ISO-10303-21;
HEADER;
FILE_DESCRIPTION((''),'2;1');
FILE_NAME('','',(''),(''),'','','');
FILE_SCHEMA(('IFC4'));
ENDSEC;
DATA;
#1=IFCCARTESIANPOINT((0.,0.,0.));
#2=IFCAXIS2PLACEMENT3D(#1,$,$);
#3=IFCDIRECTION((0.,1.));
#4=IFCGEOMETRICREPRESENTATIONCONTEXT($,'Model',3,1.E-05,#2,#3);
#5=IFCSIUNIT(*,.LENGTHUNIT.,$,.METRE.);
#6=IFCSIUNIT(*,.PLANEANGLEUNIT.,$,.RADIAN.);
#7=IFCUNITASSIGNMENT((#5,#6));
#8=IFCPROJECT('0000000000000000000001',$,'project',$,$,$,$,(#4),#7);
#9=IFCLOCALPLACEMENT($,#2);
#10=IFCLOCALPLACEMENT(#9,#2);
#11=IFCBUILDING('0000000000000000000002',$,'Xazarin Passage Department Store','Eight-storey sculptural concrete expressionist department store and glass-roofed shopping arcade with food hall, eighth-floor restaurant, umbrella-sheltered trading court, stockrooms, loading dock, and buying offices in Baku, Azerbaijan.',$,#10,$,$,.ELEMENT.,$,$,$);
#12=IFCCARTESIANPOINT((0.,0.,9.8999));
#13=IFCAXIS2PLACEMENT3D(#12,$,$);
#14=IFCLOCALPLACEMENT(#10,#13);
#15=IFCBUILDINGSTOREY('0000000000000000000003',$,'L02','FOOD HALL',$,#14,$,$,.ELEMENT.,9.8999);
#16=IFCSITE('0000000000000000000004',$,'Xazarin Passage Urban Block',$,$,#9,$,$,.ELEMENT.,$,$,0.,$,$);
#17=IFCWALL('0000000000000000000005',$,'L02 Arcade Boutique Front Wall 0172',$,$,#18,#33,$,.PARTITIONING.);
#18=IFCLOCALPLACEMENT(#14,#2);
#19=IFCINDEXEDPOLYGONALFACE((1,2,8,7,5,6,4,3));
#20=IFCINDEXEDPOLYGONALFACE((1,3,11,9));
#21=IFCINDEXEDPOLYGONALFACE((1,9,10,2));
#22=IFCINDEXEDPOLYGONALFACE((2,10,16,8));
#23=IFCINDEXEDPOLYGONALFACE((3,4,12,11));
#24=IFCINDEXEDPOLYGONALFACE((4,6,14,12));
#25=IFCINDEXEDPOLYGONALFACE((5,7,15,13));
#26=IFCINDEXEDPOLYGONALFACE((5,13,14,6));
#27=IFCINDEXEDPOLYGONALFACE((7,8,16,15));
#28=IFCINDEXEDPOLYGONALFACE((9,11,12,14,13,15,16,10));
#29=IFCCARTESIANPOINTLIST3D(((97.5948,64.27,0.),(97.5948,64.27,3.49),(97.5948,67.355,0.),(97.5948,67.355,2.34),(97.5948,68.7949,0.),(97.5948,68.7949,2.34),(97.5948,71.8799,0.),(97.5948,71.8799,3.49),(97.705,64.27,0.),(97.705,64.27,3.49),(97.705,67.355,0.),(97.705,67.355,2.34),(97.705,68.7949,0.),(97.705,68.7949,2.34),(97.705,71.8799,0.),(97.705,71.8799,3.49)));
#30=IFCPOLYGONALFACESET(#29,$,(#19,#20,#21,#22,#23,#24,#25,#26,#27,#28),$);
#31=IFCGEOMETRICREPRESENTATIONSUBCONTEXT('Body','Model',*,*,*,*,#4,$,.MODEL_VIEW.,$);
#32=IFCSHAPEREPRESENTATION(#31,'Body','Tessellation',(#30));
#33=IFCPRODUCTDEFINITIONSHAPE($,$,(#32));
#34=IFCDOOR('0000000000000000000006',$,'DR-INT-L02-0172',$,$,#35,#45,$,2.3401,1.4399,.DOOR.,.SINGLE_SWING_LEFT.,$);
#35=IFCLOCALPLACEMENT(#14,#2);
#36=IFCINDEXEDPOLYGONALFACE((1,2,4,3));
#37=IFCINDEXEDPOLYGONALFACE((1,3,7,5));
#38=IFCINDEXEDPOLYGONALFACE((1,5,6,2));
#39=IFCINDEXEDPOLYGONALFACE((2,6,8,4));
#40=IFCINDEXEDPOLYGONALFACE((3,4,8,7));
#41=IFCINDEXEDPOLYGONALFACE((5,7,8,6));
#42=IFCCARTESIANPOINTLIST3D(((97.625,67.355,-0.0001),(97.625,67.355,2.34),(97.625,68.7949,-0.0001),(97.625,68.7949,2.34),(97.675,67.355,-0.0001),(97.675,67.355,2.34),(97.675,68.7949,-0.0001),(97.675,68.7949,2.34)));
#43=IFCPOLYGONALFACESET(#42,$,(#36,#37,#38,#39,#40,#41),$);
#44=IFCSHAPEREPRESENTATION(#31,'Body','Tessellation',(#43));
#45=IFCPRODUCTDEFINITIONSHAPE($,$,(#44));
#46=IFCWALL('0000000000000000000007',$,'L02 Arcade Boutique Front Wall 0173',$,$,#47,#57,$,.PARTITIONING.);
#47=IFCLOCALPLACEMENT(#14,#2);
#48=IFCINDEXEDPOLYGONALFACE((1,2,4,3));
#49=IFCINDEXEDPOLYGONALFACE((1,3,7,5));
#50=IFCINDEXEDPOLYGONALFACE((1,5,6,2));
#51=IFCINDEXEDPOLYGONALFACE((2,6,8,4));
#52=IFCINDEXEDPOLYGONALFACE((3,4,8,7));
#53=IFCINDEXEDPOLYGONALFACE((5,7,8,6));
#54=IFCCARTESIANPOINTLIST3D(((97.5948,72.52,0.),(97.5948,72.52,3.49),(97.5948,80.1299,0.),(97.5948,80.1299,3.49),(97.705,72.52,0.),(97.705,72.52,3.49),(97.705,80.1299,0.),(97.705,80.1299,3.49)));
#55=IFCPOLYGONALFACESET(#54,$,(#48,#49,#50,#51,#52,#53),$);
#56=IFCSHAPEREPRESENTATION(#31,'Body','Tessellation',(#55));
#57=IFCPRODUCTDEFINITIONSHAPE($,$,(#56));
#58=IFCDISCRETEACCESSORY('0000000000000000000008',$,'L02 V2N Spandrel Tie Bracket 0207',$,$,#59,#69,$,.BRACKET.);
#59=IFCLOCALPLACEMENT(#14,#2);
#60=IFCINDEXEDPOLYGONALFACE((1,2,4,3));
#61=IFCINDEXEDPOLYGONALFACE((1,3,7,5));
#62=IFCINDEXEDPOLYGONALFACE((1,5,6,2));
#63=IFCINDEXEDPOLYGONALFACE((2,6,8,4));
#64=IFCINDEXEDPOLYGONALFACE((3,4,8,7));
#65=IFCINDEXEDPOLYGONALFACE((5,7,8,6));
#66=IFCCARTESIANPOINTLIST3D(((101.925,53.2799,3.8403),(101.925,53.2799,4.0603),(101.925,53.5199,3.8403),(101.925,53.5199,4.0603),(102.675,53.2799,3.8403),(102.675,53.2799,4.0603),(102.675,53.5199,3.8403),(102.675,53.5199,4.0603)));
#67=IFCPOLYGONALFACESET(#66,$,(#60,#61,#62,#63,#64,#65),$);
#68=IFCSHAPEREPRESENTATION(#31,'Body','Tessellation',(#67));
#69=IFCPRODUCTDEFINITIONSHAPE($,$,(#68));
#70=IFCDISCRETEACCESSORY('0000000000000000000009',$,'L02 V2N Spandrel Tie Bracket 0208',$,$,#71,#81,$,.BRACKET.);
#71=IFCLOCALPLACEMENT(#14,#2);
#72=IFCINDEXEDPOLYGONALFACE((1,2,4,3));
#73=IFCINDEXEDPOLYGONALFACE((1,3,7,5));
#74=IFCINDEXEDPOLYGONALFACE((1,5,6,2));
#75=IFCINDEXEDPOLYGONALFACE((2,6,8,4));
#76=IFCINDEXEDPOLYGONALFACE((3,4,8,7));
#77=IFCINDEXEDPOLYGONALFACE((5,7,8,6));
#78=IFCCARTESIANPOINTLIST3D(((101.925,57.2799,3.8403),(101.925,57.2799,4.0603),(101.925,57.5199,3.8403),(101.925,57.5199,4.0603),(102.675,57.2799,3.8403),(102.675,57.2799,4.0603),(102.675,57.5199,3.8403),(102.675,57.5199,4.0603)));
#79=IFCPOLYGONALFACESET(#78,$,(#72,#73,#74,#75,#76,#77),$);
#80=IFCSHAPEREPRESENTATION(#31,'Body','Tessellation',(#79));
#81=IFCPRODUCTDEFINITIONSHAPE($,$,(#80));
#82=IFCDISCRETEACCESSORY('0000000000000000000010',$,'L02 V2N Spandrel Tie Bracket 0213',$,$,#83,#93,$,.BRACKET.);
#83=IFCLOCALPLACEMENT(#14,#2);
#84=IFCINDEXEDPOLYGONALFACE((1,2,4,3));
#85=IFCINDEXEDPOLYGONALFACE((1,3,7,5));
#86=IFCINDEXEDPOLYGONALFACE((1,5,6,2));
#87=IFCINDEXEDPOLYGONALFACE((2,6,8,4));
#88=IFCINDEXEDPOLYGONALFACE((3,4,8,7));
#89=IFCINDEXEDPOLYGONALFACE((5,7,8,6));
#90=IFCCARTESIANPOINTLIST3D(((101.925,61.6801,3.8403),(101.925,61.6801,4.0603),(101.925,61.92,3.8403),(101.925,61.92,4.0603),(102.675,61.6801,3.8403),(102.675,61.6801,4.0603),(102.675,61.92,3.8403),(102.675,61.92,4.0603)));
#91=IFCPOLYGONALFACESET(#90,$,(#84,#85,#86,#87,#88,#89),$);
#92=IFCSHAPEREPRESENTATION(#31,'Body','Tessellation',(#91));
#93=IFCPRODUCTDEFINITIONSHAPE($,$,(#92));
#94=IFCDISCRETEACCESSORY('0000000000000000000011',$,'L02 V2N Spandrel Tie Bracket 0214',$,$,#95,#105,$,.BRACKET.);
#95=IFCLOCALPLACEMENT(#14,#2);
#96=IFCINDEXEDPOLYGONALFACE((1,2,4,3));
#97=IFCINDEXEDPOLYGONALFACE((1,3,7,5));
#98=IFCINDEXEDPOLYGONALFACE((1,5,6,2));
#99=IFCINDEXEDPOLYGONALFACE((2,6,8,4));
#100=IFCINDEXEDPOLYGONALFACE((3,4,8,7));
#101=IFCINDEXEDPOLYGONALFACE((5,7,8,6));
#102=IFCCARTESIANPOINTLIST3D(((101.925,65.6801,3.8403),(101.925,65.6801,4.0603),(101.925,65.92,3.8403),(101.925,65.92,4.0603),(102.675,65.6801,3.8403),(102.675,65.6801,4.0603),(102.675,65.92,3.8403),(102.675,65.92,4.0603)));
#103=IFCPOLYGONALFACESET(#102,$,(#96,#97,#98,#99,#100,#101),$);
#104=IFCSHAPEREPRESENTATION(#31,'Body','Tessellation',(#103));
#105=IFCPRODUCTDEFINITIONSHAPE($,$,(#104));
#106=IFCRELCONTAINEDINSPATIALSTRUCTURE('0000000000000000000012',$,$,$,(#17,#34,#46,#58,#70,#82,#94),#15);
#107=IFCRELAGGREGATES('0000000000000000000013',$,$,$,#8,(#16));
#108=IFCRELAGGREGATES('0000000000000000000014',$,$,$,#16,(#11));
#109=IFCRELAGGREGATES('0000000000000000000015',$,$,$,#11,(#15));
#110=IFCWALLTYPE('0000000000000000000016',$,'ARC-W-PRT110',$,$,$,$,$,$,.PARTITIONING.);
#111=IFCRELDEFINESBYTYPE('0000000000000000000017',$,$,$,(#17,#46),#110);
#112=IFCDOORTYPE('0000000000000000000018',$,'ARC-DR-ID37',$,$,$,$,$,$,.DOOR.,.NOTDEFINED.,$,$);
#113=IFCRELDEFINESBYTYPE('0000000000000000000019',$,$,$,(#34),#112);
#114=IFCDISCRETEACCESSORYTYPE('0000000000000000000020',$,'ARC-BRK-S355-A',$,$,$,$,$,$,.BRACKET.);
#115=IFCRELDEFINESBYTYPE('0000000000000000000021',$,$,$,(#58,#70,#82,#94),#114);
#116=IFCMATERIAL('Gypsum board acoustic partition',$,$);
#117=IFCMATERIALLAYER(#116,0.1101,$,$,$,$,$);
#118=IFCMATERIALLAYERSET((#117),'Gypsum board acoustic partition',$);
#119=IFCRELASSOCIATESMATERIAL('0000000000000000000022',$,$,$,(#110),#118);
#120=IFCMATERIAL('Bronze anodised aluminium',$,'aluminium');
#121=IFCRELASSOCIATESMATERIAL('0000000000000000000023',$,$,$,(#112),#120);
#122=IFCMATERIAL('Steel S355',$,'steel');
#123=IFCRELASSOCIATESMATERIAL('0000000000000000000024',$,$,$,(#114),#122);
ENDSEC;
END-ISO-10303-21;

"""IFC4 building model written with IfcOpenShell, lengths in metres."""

from ifc_helpers import new_model, si_unit, direction, frame, frame_2d, origin, origin_2d, place, context, subcontext, project, spatial, rectangle, extrude, material, layer, layer_set, type_object, element, fill, save


model = new_model("IFC4")

# Units and contexts
model_context = context("Model", 3, precision=1e-05, world=origin(), true_north=direction((0.0, 1.0)))
body_context = subcontext(model_context, "Body", "Model", "MODEL_VIEW")
ifc_project = project(units=[si_unit("LENGTHUNIT", "METRE"), si_unit("PLANEANGLEUNIT", "RADIAN")], contexts=[model_context])

# Site, building, storey
site_placement = place(None, origin())
site = spatial("IfcSite", under=ifc_project, at=site_placement, Name="Xazarin Passage Urban Block", CompositionType="ELEMENT", RefElevation=0.0)
building_placement = place(site_placement, origin())
building = spatial("IfcBuilding", under=site, at=building_placement, Name="Xazarin Passage Department Store", Description="Eight-storey sculptural concrete expressionist department store and glass-roofed shopping arcade with food hall, eighth-floor restaurant, umbrella-sheltered trading court, stockrooms, loading dock, and buying offices in Baku, Azerbaijan.", CompositionType="ELEMENT")
storey_placement = place(building_placement, frame((0.0, 0.0, 9.8999)))
storey = spatial("IfcBuildingStorey", under=building, at=storey_placement, Name="L02", Description="FOOD HALL", CompositionType="ELEMENT", Elevation=9.8999)

# Wall, opening, door
ifc_material_1 = material(Name="Gypsum board acoustic partition")
ifc_layer_1 = layer(ifc_material_1, 0.1101)
ifc_layer_set_1 = layer_set([ifc_layer_1], Name="Gypsum board acoustic partition")
wall_type_1 = type_object("IfcWallType", Name="ARC-W-PRT110", PredefinedType="PARTITIONING", material=ifc_layer_set_1)
wall_1_placement = place(storey_placement, frame((97.6499, 64.27, 0.0), z_axis=(0.0, 0.0, 1.0), x_axis=(0.0, 1.0, 0.0)))
wall_1 = element("IfcWall", 1, at=wall_1_placement, inside=storey, type_object=wall_type_1, Name="L02 Arcade Boutique Front Wall 0172", PredefinedType="PARTITIONING", context=body_context, shape_type="SweptSolid", body=[
    extrude(rectangle(XDim=7.6099, YDim=0.1101, at=frame_2d((3.8049, 0.0))), origin(), (0.0, 0.0, 1.0), 3.49),
])
opening_placement = place(wall_1_placement, frame((3.085, 0.0, 0.0)))
opening = element("IfcOpeningElement", 2, at=opening_placement, cuts=wall_1, PredefinedType="OPENING", context=body_context, shape_type="SweptSolid", body=[
    extrude(rectangle(XDim=1.4399, YDim=2.3401, at=frame_2d((0.72, 1.1699))), frame((0.0, 0.0649, 0.0), z_axis=(0.0, -1.0, 0.0), x_axis=(1.0, 0.0, 0.0)), (0.0, 0.0, 1.0), 0.1301),
])
ifc_material_2 = material(Name="Bronze anodised aluminium", Category="aluminium")
door_type = type_object("IfcDoorType", Name="ARC-DR-ID37", OperationType="NOTDEFINED", PredefinedType="DOOR", material=ifc_material_2)
door_placement = place(opening_placement, origin())
door = element("IfcDoor", 3, at=door_placement, inside=storey, type_object=door_type, Name="DR-INT-L02-0172", OperationType="SINGLE_SWING_LEFT", OverallHeight=2.3401, OverallWidth=1.4399, PredefinedType="DOOR", context=body_context, shape_type="SweptSolid", body=[
    extrude(rectangle(XDim=1.4399, YDim=2.3401, at=frame_2d((0.72, 1.1699))), frame((0.0, 0.0249, 0.0), z_axis=(0.0, -1.0, 0.0), x_axis=(1.0, 0.0, 0.0)), (0.0, 0.0, 1.0), 0.05),
])
fill(opening, door)

# Wall
wall_2_placement = place(storey_placement, frame((97.6499, 72.52, 0.0), z_axis=(0.0, 0.0, 1.0), x_axis=(0.0, 1.0, 0.0)))
element("IfcWall", 4, at=wall_2_placement, inside=storey, type_object=wall_type_1, Name="L02 Arcade Boutique Front Wall 0173", PredefinedType="PARTITIONING", context=body_context, shape_type="SweptSolid", body=[
    extrude(rectangle(XDim=7.6099, YDim=0.1101, at=frame_2d((3.8049, 0.0))), origin(), (0.0, 0.0, 1.0), 3.49),
])

# Discrete accessories
ifc_material_3 = material(Name="Steel S355", Category="steel")
discrete_accessory_type = type_object("IfcDiscreteAccessoryType", Name="ARC-BRK-S355-A", PredefinedType="BRACKET", material=ifc_material_3)
for number, where, z_axis, x_axis, name in (
    (5, (102.3, 53.3999, 3.8403), (0.0, 0.0, 1.0), (0.0, 1.0, 0.0), "L02 V2N Spandrel Tie Bracket 0207"),
    (6, (102.3, 57.3999, 3.8403), (0.0, 0.0, 1.0), (0.0, 1.0, 0.0), "L02 V2N Spandrel Tie Bracket 0208"),
    (7, (102.3, 61.8, 3.8403), (0.0, 0.0, 1.0), (0.0, 1.0, 0.0), "L02 V2N Spandrel Tie Bracket 0213"),
    (8, (102.3, 65.8, 3.8403), (0.0, 0.0, 1.0), (0.0, 1.0, 0.0), "L02 V2N Spandrel Tie Bracket 0214"),
):
    element("IfcDiscreteAccessory", number, at=place(storey_placement, frame(where, z_axis=z_axis, x_axis=x_axis)), inside=storey, type_object=discrete_accessory_type, Name=name, PredefinedType="BRACKET", context=body_context, shape_type="SweptSolid", body=[
        extrude(rectangle(XDim=0.24, YDim=0.75, at=origin_2d()), origin(), (0.0, 0.0, 1.0), 0.22),
    ])

save(model, "model.ifc")
